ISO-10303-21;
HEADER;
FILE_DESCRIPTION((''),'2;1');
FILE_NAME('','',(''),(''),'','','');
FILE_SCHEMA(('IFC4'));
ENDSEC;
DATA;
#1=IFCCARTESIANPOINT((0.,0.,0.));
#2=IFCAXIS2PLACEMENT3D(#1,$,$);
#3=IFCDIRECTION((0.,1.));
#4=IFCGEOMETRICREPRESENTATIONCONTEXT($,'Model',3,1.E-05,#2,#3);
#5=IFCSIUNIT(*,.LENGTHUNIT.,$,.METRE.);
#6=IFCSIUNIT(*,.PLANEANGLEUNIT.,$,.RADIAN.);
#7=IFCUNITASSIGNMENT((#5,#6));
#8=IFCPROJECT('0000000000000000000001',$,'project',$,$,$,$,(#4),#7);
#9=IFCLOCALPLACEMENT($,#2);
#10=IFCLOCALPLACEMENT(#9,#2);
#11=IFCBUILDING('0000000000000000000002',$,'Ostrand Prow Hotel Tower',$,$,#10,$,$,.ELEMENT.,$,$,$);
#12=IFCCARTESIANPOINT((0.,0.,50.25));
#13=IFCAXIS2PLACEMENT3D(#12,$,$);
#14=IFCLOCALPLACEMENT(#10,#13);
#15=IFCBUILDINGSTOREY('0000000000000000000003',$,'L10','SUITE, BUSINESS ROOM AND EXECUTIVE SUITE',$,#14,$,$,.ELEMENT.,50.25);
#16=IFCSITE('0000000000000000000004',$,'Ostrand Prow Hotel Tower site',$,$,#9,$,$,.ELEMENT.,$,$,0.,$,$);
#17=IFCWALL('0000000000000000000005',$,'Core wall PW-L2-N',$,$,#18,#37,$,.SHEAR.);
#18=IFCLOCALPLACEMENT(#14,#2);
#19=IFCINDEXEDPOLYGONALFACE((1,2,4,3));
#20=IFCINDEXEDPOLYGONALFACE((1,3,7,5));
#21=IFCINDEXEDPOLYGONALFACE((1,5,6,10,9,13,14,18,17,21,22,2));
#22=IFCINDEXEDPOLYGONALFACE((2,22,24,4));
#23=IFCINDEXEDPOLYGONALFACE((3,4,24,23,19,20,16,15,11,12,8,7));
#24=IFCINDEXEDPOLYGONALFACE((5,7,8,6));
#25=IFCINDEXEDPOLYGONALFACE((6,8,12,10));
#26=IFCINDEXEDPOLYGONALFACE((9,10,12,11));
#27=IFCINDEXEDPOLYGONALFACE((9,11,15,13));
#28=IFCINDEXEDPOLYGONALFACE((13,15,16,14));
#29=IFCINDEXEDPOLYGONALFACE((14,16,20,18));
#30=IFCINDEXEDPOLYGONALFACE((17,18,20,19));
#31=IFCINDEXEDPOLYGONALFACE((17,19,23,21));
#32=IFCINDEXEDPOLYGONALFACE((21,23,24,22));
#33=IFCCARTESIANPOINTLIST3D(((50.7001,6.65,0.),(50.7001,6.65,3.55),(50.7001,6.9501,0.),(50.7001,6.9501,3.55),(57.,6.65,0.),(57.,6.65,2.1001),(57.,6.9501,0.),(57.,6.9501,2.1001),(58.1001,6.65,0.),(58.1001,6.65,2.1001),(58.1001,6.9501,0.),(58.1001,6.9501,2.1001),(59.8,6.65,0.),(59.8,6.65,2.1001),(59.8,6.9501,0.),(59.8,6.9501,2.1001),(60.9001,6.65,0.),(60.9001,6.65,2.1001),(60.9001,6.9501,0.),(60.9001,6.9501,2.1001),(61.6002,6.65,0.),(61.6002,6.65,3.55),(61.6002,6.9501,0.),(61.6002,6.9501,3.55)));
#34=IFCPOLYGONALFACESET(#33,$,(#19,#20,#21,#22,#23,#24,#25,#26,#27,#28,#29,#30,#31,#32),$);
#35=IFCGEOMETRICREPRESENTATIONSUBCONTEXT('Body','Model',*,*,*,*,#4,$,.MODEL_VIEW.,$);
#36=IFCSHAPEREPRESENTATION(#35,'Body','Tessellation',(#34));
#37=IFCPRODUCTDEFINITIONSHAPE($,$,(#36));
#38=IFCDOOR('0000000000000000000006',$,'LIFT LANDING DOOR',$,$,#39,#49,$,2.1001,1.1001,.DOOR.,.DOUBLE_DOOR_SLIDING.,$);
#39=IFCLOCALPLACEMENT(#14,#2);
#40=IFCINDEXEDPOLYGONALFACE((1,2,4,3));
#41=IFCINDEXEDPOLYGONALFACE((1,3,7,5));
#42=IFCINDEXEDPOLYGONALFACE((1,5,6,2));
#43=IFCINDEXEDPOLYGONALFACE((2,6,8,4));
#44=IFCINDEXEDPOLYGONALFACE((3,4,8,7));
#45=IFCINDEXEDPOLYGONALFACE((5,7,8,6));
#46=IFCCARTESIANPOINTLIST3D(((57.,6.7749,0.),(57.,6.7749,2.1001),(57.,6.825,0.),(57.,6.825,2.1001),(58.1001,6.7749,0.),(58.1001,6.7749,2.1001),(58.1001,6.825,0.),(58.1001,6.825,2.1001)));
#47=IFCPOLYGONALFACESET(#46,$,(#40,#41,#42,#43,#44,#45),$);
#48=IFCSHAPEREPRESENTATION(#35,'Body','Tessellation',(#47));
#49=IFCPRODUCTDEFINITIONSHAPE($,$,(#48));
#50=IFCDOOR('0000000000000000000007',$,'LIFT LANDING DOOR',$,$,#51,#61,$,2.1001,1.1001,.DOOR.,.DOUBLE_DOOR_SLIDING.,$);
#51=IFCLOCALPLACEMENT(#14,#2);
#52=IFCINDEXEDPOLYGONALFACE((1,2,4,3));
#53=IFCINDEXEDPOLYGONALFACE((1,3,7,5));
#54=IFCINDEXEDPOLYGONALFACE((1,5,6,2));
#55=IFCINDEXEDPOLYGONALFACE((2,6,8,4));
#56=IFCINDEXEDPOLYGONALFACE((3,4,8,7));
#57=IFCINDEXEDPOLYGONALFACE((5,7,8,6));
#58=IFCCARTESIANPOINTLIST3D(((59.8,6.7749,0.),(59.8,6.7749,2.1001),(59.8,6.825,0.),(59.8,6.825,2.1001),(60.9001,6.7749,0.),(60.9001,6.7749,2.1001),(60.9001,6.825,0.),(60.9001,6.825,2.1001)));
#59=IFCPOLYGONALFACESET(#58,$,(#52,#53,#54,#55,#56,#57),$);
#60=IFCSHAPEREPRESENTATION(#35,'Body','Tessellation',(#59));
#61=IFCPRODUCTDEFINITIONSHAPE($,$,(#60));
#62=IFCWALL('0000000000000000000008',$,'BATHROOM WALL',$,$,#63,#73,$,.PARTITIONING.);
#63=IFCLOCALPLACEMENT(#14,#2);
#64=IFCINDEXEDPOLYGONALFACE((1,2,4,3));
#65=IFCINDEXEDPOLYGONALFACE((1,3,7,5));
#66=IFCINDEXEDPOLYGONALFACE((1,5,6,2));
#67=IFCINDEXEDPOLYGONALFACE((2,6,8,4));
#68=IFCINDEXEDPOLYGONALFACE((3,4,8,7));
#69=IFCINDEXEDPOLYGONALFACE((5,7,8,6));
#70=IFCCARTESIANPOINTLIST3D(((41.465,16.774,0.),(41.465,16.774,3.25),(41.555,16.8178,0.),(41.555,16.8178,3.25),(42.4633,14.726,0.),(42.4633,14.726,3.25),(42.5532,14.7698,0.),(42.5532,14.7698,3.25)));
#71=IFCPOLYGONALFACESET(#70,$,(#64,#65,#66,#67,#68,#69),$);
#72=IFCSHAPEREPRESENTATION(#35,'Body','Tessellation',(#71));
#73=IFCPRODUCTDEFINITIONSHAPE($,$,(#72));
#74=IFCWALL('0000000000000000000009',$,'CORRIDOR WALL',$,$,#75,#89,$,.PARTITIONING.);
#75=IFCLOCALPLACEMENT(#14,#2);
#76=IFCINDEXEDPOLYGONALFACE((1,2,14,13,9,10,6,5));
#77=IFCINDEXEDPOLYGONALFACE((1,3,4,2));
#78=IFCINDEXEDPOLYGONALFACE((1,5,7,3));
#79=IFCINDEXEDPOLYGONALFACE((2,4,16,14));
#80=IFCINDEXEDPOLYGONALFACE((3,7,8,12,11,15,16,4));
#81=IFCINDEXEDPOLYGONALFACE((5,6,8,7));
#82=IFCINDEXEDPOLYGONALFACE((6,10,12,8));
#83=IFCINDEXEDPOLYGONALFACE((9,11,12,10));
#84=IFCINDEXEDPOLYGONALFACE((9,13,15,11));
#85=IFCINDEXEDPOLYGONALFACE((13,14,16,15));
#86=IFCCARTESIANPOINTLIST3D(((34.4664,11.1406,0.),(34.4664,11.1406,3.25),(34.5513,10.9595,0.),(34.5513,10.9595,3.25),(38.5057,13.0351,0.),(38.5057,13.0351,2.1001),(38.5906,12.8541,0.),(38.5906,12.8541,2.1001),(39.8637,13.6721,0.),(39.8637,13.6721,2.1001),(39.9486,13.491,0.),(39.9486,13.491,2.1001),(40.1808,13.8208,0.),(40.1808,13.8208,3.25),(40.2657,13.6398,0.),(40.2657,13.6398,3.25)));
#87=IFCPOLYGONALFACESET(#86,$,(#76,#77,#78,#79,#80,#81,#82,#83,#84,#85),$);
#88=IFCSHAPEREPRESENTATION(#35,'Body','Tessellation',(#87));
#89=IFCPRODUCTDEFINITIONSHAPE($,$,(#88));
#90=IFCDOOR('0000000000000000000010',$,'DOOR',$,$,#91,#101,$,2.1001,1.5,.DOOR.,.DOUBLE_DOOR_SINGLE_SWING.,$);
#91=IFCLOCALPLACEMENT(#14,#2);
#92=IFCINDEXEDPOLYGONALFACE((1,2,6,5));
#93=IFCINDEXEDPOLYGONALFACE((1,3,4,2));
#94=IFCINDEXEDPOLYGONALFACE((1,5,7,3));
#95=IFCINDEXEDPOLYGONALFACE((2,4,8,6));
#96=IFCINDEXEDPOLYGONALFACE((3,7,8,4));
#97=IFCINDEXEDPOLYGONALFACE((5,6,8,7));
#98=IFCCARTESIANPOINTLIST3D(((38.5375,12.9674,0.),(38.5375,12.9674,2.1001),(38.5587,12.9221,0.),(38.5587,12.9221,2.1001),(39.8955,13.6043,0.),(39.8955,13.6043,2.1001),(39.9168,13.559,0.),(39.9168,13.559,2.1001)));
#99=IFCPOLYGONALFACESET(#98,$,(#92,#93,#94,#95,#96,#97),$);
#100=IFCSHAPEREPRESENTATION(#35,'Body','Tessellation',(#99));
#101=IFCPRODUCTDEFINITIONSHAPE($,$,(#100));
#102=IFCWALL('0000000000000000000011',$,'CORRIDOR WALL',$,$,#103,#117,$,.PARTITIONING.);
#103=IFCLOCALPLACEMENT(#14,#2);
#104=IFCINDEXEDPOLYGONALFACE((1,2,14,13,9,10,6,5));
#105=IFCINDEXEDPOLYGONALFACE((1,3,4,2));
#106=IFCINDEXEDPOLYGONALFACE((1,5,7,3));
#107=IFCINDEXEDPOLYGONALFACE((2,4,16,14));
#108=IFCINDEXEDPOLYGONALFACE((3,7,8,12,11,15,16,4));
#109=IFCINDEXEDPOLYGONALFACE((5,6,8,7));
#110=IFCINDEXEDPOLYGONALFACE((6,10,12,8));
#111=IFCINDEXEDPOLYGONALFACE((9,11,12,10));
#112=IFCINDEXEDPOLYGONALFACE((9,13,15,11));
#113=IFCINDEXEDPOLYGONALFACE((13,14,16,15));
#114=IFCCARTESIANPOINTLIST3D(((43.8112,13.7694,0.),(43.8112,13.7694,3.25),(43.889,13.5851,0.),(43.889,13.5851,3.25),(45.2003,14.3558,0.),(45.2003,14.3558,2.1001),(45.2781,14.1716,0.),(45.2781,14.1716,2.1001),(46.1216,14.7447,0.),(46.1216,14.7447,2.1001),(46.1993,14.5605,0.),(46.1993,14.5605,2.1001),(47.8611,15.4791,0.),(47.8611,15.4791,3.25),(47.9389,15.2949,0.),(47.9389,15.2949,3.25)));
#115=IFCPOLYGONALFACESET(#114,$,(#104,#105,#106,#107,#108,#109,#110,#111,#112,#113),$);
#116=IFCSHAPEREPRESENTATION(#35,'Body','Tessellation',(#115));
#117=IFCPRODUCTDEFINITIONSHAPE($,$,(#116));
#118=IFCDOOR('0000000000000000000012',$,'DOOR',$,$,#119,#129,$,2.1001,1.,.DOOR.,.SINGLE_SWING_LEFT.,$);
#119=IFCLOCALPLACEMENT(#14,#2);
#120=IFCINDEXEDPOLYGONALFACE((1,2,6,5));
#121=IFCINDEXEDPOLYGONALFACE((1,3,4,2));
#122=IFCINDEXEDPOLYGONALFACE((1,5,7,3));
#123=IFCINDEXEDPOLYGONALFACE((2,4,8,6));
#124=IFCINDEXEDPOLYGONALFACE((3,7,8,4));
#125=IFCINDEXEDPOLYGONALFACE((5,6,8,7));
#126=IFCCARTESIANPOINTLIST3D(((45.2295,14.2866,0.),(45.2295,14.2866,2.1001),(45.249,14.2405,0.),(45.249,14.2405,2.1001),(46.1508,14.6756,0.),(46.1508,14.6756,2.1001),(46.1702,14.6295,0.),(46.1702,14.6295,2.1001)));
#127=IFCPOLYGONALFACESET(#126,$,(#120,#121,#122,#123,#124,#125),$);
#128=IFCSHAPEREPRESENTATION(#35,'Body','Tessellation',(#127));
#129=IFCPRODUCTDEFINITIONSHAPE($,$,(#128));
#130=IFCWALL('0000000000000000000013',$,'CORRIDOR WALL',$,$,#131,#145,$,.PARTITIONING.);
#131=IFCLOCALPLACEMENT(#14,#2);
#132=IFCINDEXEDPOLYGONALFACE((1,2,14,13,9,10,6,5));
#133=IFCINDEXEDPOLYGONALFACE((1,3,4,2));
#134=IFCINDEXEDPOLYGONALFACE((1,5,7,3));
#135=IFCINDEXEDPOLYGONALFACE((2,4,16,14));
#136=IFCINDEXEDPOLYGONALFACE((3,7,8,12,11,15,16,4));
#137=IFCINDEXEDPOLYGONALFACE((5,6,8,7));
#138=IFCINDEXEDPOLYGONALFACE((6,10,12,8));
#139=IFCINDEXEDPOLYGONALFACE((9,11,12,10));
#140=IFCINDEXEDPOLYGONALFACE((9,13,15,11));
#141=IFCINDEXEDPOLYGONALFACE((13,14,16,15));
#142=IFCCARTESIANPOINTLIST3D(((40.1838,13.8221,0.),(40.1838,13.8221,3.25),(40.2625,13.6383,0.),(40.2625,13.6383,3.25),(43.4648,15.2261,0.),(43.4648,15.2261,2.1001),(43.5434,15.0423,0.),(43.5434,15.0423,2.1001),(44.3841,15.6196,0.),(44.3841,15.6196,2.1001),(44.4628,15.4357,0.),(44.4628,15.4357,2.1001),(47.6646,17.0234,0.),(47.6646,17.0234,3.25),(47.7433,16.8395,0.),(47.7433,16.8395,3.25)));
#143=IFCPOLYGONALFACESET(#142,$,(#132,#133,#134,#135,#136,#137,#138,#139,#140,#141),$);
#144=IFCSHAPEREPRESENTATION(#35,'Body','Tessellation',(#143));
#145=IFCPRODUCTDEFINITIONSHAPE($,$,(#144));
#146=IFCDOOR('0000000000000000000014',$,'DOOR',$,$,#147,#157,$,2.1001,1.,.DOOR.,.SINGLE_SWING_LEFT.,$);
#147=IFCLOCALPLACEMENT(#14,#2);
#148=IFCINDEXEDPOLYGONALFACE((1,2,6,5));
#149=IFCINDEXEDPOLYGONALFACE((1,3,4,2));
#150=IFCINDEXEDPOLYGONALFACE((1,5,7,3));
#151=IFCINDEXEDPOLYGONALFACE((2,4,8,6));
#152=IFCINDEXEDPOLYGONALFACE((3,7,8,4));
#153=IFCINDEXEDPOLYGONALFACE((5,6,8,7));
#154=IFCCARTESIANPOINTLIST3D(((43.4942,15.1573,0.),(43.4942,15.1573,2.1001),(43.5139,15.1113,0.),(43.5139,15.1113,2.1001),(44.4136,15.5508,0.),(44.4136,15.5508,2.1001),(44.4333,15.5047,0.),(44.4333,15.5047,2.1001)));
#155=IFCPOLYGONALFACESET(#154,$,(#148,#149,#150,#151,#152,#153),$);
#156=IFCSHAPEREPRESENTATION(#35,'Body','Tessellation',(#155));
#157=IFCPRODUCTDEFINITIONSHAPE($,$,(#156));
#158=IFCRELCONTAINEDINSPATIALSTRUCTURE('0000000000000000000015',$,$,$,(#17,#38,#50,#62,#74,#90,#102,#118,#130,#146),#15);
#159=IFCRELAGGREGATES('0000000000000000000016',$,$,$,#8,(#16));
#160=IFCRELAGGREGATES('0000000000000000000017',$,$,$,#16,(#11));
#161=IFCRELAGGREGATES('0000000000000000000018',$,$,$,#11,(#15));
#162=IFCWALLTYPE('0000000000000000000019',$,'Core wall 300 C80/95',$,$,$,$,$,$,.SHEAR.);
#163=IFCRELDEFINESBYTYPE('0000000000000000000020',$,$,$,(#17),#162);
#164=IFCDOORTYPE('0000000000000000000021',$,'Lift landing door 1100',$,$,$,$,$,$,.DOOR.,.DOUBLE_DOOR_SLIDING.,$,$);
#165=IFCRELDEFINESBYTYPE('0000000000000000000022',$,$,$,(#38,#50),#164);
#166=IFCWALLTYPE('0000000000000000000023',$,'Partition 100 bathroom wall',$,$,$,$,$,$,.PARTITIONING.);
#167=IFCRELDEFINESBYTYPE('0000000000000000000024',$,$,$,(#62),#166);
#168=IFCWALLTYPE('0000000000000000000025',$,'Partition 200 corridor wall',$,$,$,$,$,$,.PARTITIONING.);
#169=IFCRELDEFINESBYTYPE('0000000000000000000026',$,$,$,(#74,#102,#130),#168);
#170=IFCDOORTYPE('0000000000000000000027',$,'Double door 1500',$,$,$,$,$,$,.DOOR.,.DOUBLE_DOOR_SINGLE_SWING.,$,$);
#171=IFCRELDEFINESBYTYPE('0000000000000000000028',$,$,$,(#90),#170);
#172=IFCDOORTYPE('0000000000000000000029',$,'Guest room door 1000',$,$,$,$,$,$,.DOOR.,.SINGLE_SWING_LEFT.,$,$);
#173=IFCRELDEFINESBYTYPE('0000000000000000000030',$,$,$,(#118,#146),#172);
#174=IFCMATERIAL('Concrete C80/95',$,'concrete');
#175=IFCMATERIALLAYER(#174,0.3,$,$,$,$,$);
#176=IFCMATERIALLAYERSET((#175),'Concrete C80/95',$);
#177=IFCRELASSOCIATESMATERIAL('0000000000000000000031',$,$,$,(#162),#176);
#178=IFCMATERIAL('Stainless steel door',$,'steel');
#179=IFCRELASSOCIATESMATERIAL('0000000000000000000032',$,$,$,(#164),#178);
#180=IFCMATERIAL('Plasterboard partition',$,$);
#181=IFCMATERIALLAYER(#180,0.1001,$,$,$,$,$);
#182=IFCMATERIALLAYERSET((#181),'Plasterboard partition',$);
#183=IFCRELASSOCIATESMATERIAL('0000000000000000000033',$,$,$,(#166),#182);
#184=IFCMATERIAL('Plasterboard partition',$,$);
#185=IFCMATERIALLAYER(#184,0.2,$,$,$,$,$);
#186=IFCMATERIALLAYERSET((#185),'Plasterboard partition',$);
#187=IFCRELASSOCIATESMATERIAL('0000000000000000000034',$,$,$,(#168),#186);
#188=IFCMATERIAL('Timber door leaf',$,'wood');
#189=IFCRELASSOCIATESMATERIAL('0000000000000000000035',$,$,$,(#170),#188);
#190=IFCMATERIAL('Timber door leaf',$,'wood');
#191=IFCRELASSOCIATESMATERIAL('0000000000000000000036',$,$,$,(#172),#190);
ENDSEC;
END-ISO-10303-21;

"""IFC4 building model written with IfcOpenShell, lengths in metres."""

from ifc_helpers import new_model, si_unit, direction, frame, frame_2d, origin, place, context, subcontext, project, spatial, rectangle, extrude, material, layer, layer_set, type_object, element, fill, save


model = new_model("IFC4")

# Units and contexts
model_context = context("Model", 3, precision=1e-05, world=origin(), true_north=direction((0.0, 1.0)))
body_context = subcontext(model_context, "Body", "Model", "MODEL_VIEW")
ifc_project = project(units=[si_unit("LENGTHUNIT", "METRE"), si_unit("PLANEANGLEUNIT", "RADIAN")], contexts=[model_context])

# Site, building, storey
site_placement = place(None, origin())
site = spatial("IfcSite", under=ifc_project, at=site_placement, Name="Ostrand Prow Hotel Tower site", CompositionType="ELEMENT", RefElevation=0.0)
building_placement = place(site_placement, origin())
building = spatial("IfcBuilding", under=site, at=building_placement, Name="Ostrand Prow Hotel Tower", CompositionType="ELEMENT")
storey_placement = place(building_placement, frame((0.0, 0.0, 50.25)))
storey = spatial("IfcBuildingStorey", under=building, at=storey_placement, Name="L10", Description="SUITE, BUSINESS ROOM AND EXECUTIVE SUITE", CompositionType="ELEMENT", Elevation=50.25)

# Wall, openings, doors
ifc_material_1 = material(Name="Concrete C80/95", Category="concrete")
ifc_layer_1 = layer(ifc_material_1, 0.3)
ifc_layer_set_1 = layer_set([ifc_layer_1], Name="Concrete C80/95")
wall_type_1 = type_object("IfcWallType", Name="Core wall 300 C80/95", PredefinedType="SHEAR", material=ifc_layer_set_1)
wall_1_placement = place(storey_placement, frame((50.7, 6.8, 0.0), z_axis=(0.0, 0.0, 1.0), x_axis=(1.0, 0.0, 0.0)))
wall_1 = element("IfcWall", 1, at=wall_1_placement, inside=storey, type_object=wall_type_1, Name="Core wall PW-L2-N", PredefinedType="SHEAR", context=body_context, shape_type="SweptSolid", body=[
    extrude(rectangle(XDim=10.9001, YDim=0.3, at=frame_2d((5.4502, 0.0))), origin(), (0.0, 0.0, 1.0), 3.55),
])
opening_1_placement = place(wall_1_placement, frame((6.3, 0.0, 0.0)))
opening_1 = element("IfcOpeningElement", 2, at=opening_1_placement, cuts=wall_1, PredefinedType="OPENING", context=body_context, shape_type="SweptSolid", body=[
    extrude(rectangle(XDim=1.1001, YDim=2.1001, at=frame_2d((0.55, 1.05))), frame((0.0, 0.1599, 0.0), z_axis=(0.0, -1.0, 0.0), x_axis=(1.0, 0.0, 0.0)), (0.0, 0.0, 1.0), 0.3201),
])
opening_2_placement = place(wall_1_placement, frame((9.1001, 0.0, 0.0)))
opening_2 = element("IfcOpeningElement", 3, at=opening_2_placement, cuts=wall_1, PredefinedType="OPENING", context=body_context, shape_type="SweptSolid", body=[
    extrude(rectangle(XDim=1.1001, YDim=2.1001, at=frame_2d((0.55, 1.05))), frame((0.0, 0.1599, 0.0), z_axis=(0.0, -1.0, 0.0), x_axis=(1.0, 0.0, 0.0)), (0.0, 0.0, 1.0), 0.3201),
])
ifc_material_2 = material(Name="Stainless steel door", Category="steel")
door_type_1 = type_object("IfcDoorType", Name="Lift landing door 1100", OperationType="DOUBLE_DOOR_SLIDING", PredefinedType="DOOR", material=ifc_material_2)
door_1_placement = place(opening_1_placement, origin())
door_1 = element("IfcDoor", 4, at=door_1_placement, inside=storey, type_object=door_type_1, Name="LIFT LANDING DOOR", OperationType="DOUBLE_DOOR_SLIDING", OverallHeight=2.1001, OverallWidth=1.1001, PredefinedType="DOOR", context=body_context, shape_type="SweptSolid", body=[
    extrude(rectangle(XDim=1.1001, YDim=2.1001, at=frame_2d((0.55, 1.05))), frame((0.0, 0.0249, 0.0), z_axis=(0.0, -1.0, 0.0), x_axis=(1.0, 0.0, 0.0)), (0.0, 0.0, 1.0), 0.05),
])
fill(opening_1, door_1)
door_2_placement = place(opening_2_placement, origin())
door_2 = element("IfcDoor", 5, at=door_2_placement, inside=storey, type_object=door_type_1, Name="LIFT LANDING DOOR", OperationType="DOUBLE_DOOR_SLIDING", OverallHeight=2.1001, OverallWidth=1.1001, PredefinedType="DOOR", context=body_context, shape_type="SweptSolid", body=[
    extrude(rectangle(XDim=1.1001, YDim=2.1001, at=frame_2d((0.55, 1.05))), frame((0.0, 0.0249, 0.0), z_axis=(0.0, -1.0, 0.0), x_axis=(1.0, 0.0, 0.0)), (0.0, 0.0, 1.0), 0.05),
])
fill(opening_2, door_2)

# Wall
ifc_material_3 = material(Name="Plasterboard partition")
ifc_layer_2 = layer(ifc_material_3, 0.1001)
ifc_layer_set_2 = layer_set([ifc_layer_2], Name="Plasterboard partition")
wall_type_2 = type_object("IfcWallType", Name="Partition 100 bathroom wall", PredefinedType="PARTITIONING", material=ifc_layer_set_2)
wall_2_placement = place(storey_placement, frame((41.51, 16.7959, 0.0), z_axis=(0.0, 0.0, 1.0), x_axis=(0.438147, -0.898903, 0.0)))
element("IfcWall", 6, at=wall_2_placement, inside=storey, type_object=wall_type_2, Name="BATHROOM WALL", PredefinedType="PARTITIONING", context=body_context, shape_type="SweptSolid", body=[
    extrude(rectangle(XDim=2.2783, YDim=0.1001, at=frame_2d((1.1392, 0.0))), origin(), (0.0, 0.0, 1.0), 3.25),
])

# Walls, openings, doors
ifc_material_4 = material(Name="Plasterboard partition")
ifc_layer_3 = layer(ifc_material_4, 0.2)
ifc_layer_set_3 = layer_set([ifc_layer_3], Name="Plasterboard partition")
wall_type_3 = type_object("IfcWallType", Name="Partition 200 corridor wall", PredefinedType="PARTITIONING", material=ifc_layer_set_3)
wall_3_placement = place(storey_placement, frame((40.2231, 13.7302, 0.0), z_axis=(0.0, 0.0, 1.0), x_axis=(-0.905363, -0.424638, 0.0)))
wall_3 = element("IfcWall", 7, at=wall_3_placement, inside=storey, type_object=wall_type_3, Name="CORRIDOR WALL", PredefinedType="PARTITIONING", context=body_context, shape_type="SweptSolid", body=[
    extrude(rectangle(XDim=6.3118, YDim=0.2, at=frame_2d((3.1558, 0.0))), origin(), (0.0, 0.0, 1.0), 3.25),
])
opening_3_placement = place(wall_3_placement, frame((0.3501, 0.0, 0.0)))
opening_3 = element("IfcOpeningElement", 8, at=opening_3_placement, cuts=wall_3, PredefinedType="OPENING", context=body_context, shape_type="SweptSolid", body=[
    extrude(rectangle(XDim=1.5, YDim=2.1001, at=frame_2d((0.75, 1.05))), frame((0.0, 0.1099, 0.0), z_axis=(0.0, -1.0, 0.0), x_axis=(1.0, 0.0, 0.0)), (0.0, 0.0, 1.0), 0.22),
])
ifc_material_5 = material(Name="Timber door leaf", Category="wood")
door_type_2 = type_object("IfcDoorType", Name="Double door 1500", OperationType="DOUBLE_DOOR_SINGLE_SWING", PredefinedType="DOOR", material=ifc_material_5)
door_3_placement = place(opening_3_placement, origin())
door_3 = element("IfcDoor", 9, at=door_3_placement, inside=storey, type_object=door_type_2, Name="DOOR", OperationType="DOUBLE_DOOR_SINGLE_SWING", OverallHeight=2.1001, OverallWidth=1.5, PredefinedType="DOOR", context=body_context, shape_type="SweptSolid", body=[
    extrude(rectangle(XDim=1.5, YDim=2.1001, at=frame_2d((0.75, 1.05))), frame((0.0, 0.0249, 0.0), z_axis=(0.0, -1.0, 0.0), x_axis=(1.0, 0.0, 0.0)), (0.0, 0.0, 1.0), 0.05),
])
fill(opening_3, door_3)
wall_4_placement = place(storey_placement, frame((43.8501, 13.6772, 0.0), z_axis=(0.0, 0.0, 1.0), x_axis=(0.921266, 0.388933, 0.0)))
wall_4 = element("IfcWall", 10, at=wall_4_placement, inside=storey, type_object=wall_type_3, Name="CORRIDOR WALL", PredefinedType="PARTITIONING", context=body_context, shape_type="SweptSolid", body=[
    extrude(rectangle(XDim=4.396, YDim=0.2, at=frame_2d((2.198, 0.0))), origin(), (0.0, 0.0, 1.0), 3.25),
])
opening_4_placement = place(wall_4_placement, frame((1.5078, 0.0, 0.0)))
opening_4 = element("IfcOpeningElement", 11, at=opening_4_placement, cuts=wall_4, PredefinedType="OPENING", context=body_context, shape_type="SweptSolid", body=[
    extrude(rectangle(XDim=1.0, YDim=2.1001, at=frame_2d((0.5, 1.05))), frame((0.0, 0.1099, 0.0), z_axis=(0.0, -1.0, 0.0), x_axis=(1.0, 0.0, 0.0)), (0.0, 0.0, 1.0), 0.22),
])
ifc_material_6 = material(Name="Timber door leaf", Category="wood")
door_type_3 = type_object("IfcDoorType", Name="Guest room door 1000", OperationType="SINGLE_SWING_LEFT", PredefinedType="DOOR", material=ifc_material_6)
door_4_placement = place(opening_4_placement, origin())
door_4 = element("IfcDoor", 12, at=door_4_placement, inside=storey, type_object=door_type_3, Name="DOOR", OperationType="SINGLE_SWING_LEFT", OverallHeight=2.1001, OverallWidth=1.0, PredefinedType="DOOR", context=body_context, shape_type="SweptSolid", body=[
    extrude(rectangle(XDim=1.0, YDim=2.1001, at=frame_2d((0.5, 1.05))), frame((0.0, 0.0249, 0.0), z_axis=(0.0, -1.0, 0.0), x_axis=(1.0, 0.0, 0.0)), (0.0, 0.0, 1.0), 0.05),
])
fill(opening_4, door_4)
wall_5_placement = place(storey_placement, frame((47.7039, 16.9314, 0.0), z_axis=(0.0, 0.0, 1.0), x_axis=(-0.919361, -0.393416, 0.0)))
wall_5 = element("IfcWall", 13, at=wall_5_placement, inside=storey, type_object=wall_type_3, Name="CORRIDOR WALL", PredefinedType="PARTITIONING", context=body_context, shape_type="SweptSolid", body=[
    extrude(rectangle(XDim=8.137, YDim=0.2, at=frame_2d((4.0684, 0.0))), origin(), (0.0, 0.0, 1.0), 3.25),
])
opening_5_placement = place(wall_5_placement, frame((3.5681, 0.0, 0.0)))
opening_5 = element("IfcOpeningElement", 14, at=opening_5_placement, cuts=wall_5, PredefinedType="OPENING", context=body_context, shape_type="SweptSolid", body=[
    extrude(rectangle(XDim=1.0, YDim=2.1001, at=frame_2d((0.5, 1.05))), frame((0.0, 0.1099, 0.0), z_axis=(0.0, -1.0, 0.0), x_axis=(1.0, 0.0, 0.0)), (0.0, 0.0, 1.0), 0.22),
])
door_5_placement = place(opening_5_placement, origin())
door_5 = element("IfcDoor", 15, at=door_5_placement, inside=storey, type_object=door_type_3, Name="DOOR", OperationType="SINGLE_SWING_LEFT", OverallHeight=2.1001, OverallWidth=1.0, PredefinedType="DOOR", context=body_context, shape_type="SweptSolid", body=[
    extrude(rectangle(XDim=1.0, YDim=2.1001, at=frame_2d((0.5, 1.05))), frame((0.0, 0.0249, 0.0), z_axis=(0.0, -1.0, 0.0), x_axis=(1.0, 0.0, 0.0)), (0.0, 0.0, 1.0), 0.05),
])
fill(opening_5, door_5)

save(model, "model.ifc")
